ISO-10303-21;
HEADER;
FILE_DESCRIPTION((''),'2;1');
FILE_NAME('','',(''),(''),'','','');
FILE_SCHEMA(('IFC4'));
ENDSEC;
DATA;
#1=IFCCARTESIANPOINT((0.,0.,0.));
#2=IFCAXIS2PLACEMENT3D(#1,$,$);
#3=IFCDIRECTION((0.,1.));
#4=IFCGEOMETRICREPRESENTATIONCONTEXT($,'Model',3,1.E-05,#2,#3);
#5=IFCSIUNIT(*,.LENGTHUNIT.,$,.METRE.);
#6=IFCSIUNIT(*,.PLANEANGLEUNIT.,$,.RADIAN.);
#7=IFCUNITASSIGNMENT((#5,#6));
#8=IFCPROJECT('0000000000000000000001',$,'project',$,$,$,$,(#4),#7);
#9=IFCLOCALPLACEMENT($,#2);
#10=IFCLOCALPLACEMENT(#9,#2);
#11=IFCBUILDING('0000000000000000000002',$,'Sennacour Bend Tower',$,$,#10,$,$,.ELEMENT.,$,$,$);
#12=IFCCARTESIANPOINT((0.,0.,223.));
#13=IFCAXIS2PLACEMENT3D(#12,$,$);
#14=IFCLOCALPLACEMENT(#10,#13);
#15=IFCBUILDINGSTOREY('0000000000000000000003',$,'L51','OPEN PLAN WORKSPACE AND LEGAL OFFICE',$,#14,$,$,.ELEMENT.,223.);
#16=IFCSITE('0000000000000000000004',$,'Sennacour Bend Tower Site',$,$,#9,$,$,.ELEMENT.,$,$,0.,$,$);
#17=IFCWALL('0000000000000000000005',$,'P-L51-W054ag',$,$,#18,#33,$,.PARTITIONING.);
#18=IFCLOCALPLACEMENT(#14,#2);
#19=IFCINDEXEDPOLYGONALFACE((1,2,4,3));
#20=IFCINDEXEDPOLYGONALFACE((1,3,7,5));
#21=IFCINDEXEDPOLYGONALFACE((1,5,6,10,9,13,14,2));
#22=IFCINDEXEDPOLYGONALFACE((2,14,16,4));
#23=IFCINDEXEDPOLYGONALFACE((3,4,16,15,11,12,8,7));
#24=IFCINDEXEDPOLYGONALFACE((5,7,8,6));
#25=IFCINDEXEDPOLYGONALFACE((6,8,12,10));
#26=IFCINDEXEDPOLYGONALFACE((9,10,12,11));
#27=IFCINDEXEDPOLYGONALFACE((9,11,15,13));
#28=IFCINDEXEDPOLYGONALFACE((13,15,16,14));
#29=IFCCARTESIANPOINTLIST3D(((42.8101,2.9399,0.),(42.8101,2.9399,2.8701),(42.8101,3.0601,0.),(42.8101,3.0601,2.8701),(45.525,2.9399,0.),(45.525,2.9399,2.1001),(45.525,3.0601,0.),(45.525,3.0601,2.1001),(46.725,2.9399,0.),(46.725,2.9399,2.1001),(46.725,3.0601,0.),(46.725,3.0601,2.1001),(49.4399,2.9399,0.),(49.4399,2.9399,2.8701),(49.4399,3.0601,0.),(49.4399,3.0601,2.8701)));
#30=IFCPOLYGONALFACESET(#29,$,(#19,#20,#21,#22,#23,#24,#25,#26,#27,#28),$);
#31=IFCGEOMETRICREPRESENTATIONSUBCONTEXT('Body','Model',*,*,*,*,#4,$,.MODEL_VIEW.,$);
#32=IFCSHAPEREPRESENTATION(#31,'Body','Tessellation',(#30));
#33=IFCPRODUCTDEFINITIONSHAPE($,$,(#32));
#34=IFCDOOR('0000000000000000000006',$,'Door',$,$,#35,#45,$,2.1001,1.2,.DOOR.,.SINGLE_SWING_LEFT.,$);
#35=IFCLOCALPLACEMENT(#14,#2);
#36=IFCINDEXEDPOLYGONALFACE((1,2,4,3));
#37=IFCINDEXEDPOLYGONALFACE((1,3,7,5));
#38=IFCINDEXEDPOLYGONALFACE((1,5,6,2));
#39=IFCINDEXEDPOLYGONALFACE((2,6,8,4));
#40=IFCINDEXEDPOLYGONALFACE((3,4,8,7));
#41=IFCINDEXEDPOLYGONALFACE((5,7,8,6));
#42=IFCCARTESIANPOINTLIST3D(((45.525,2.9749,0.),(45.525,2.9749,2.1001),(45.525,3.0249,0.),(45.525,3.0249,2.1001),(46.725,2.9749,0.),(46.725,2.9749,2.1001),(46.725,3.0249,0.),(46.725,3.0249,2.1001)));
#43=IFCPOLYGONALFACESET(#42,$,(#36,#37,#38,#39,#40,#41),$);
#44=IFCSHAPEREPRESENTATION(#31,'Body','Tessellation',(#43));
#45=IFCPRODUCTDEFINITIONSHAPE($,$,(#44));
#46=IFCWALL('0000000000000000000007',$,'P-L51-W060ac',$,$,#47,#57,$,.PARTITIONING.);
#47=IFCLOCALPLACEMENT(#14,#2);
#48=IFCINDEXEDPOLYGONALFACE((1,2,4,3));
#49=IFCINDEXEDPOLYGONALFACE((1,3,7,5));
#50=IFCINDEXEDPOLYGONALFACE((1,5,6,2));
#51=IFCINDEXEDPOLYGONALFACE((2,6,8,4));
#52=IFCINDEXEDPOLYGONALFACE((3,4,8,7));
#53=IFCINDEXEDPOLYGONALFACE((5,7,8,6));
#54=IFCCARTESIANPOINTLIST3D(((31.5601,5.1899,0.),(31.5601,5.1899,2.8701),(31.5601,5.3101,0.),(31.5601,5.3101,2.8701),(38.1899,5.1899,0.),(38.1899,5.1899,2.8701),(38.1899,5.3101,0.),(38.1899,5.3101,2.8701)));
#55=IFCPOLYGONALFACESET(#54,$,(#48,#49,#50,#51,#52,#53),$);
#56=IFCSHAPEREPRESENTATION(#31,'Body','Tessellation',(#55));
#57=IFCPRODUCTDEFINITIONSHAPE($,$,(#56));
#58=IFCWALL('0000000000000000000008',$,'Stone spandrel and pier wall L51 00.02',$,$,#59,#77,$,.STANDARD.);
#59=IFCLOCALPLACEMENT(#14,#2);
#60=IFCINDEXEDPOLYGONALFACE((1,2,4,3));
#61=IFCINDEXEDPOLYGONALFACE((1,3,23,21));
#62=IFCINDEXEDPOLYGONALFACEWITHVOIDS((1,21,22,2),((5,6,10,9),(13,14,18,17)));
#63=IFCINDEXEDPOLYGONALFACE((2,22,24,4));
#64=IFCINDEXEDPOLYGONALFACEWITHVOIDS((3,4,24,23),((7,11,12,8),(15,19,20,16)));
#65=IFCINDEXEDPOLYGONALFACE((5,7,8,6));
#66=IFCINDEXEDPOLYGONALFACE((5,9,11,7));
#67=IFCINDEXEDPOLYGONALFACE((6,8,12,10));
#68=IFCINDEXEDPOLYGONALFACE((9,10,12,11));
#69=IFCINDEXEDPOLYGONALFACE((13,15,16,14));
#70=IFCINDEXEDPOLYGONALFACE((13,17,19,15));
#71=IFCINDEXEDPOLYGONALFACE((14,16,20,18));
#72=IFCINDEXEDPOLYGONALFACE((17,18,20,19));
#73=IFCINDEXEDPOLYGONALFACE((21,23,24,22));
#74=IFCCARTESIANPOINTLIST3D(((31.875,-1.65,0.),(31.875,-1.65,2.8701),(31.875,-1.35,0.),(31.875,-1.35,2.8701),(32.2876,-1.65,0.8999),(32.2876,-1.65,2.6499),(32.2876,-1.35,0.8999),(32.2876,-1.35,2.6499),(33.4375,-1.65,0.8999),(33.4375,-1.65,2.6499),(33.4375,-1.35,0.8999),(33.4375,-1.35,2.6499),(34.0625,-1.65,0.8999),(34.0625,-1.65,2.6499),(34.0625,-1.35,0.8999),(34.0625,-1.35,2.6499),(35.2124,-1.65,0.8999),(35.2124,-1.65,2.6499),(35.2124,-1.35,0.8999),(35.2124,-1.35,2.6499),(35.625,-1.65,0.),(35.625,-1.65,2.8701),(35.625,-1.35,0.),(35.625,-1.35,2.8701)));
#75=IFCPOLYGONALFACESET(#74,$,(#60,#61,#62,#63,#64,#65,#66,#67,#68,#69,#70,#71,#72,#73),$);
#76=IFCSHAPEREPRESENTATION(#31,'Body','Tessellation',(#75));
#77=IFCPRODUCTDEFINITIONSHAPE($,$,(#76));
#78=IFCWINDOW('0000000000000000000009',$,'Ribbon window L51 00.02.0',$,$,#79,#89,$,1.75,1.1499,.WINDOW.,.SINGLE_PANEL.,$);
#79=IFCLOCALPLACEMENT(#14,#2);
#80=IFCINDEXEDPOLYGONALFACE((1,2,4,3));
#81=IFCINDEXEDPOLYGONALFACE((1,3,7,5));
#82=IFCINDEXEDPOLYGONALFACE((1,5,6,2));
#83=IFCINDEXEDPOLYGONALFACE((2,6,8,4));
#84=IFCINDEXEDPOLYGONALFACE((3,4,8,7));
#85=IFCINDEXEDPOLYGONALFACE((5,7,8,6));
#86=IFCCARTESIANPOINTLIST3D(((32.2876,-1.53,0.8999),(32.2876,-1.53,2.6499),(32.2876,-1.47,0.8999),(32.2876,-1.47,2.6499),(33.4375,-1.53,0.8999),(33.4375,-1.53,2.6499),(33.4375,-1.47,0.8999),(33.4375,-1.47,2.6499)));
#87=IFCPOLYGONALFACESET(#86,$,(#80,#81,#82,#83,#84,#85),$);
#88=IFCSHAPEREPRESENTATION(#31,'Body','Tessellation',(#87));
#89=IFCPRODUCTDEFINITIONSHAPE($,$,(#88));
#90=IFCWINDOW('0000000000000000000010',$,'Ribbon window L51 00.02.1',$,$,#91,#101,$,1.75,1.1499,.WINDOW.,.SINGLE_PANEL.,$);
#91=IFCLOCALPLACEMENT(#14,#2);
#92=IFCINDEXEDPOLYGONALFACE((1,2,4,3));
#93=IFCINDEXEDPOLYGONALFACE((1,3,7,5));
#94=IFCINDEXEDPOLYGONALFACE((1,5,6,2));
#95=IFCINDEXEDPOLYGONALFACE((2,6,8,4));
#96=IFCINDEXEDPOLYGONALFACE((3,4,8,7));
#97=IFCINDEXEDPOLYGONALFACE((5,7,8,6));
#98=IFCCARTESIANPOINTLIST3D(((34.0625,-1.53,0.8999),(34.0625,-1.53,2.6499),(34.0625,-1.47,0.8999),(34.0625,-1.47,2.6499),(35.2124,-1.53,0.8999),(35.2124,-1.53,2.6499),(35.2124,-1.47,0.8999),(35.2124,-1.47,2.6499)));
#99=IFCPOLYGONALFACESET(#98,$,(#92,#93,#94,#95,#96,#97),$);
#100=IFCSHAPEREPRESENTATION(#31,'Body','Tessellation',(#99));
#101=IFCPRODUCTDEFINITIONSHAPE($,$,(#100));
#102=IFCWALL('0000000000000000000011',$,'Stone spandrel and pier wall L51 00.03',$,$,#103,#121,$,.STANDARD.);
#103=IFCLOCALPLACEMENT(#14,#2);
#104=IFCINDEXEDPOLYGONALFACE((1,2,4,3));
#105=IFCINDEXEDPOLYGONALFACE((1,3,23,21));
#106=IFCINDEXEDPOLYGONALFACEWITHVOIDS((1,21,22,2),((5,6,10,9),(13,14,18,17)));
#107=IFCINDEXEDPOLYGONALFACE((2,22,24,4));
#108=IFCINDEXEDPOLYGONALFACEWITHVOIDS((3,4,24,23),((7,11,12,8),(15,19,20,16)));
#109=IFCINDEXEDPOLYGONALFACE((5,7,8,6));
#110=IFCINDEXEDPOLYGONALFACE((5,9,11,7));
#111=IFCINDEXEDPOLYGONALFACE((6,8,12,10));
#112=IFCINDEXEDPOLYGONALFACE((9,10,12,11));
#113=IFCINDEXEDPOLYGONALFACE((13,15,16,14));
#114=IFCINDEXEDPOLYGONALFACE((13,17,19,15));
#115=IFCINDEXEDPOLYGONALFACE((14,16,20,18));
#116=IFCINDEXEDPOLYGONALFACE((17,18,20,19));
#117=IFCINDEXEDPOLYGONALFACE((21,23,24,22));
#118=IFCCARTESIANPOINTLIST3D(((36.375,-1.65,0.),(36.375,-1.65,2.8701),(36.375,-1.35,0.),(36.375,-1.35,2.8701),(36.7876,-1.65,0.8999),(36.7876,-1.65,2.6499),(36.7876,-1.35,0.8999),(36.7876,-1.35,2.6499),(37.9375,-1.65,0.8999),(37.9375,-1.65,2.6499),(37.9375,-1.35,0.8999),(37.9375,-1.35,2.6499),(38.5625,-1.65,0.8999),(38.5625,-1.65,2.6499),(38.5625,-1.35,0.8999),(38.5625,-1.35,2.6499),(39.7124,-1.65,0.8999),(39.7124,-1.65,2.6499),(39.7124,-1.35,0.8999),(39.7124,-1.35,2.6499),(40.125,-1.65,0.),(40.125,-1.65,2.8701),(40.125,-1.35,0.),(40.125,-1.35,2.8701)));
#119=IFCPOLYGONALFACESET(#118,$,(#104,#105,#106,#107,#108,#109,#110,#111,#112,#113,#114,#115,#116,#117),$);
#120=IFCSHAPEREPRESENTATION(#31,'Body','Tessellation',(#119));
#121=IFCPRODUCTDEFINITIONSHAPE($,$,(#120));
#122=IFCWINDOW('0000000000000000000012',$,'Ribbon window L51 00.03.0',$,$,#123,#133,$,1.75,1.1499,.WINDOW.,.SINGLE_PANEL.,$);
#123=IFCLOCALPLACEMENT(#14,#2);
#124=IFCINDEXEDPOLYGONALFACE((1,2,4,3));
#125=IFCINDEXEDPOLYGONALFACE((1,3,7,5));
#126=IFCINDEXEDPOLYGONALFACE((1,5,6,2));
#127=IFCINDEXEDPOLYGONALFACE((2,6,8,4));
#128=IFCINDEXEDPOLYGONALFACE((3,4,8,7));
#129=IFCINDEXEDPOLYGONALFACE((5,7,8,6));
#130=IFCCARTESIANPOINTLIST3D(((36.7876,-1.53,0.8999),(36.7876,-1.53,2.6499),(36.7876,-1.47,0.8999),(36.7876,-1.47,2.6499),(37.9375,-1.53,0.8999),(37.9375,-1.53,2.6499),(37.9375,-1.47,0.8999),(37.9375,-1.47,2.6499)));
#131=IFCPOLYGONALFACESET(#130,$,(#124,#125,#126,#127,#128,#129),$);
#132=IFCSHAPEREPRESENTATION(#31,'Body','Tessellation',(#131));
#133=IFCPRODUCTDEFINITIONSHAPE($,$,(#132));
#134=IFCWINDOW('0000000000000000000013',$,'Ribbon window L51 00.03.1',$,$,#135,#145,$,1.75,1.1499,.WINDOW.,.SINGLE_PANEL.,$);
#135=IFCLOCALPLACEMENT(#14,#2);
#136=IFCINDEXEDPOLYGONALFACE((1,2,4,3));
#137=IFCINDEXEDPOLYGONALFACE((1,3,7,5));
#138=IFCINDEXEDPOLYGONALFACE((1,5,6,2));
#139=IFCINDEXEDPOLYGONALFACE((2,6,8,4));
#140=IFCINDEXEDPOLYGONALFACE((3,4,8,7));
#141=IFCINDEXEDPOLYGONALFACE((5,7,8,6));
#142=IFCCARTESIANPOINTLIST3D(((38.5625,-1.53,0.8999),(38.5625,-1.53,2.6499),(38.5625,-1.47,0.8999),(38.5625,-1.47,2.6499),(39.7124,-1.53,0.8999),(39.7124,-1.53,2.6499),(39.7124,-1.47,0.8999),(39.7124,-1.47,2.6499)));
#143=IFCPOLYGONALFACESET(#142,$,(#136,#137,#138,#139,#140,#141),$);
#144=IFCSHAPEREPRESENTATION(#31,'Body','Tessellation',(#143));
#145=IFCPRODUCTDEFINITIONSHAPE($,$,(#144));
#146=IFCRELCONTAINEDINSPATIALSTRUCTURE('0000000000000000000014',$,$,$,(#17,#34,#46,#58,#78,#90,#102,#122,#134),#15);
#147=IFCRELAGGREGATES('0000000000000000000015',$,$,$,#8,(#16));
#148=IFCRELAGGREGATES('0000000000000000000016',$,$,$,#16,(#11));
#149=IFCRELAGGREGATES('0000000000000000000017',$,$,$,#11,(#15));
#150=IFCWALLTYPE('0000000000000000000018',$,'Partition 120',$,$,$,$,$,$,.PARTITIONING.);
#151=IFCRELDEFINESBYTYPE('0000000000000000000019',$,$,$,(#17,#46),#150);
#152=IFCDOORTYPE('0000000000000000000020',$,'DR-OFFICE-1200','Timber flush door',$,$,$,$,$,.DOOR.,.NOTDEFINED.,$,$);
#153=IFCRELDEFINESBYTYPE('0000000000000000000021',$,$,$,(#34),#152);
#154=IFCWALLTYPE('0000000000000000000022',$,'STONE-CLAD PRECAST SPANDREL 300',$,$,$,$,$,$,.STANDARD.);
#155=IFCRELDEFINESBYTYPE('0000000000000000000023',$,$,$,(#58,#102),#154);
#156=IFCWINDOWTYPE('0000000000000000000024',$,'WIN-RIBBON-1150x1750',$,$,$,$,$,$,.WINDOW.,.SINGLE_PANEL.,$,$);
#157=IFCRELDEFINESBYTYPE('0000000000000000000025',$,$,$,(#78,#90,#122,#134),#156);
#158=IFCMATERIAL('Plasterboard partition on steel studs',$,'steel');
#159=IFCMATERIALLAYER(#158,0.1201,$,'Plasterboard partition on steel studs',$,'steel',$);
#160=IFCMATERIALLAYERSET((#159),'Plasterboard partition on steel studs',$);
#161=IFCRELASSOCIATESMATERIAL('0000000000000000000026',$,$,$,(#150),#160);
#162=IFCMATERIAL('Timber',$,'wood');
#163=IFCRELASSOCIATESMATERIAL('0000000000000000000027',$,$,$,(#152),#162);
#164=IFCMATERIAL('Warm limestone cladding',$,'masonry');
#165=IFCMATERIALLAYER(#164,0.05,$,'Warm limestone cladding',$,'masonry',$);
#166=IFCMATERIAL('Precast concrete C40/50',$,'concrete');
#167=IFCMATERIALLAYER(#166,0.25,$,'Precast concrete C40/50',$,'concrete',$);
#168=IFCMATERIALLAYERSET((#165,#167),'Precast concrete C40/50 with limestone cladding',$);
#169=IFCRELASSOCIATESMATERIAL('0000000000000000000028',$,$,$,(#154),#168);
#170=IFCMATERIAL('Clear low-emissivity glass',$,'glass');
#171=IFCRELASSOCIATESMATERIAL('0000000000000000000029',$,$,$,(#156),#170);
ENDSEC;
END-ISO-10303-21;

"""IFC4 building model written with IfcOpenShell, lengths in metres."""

from ifc_helpers import new_model, si_unit, direction, frame, frame_2d, origin, place, context, subcontext, project, spatial, rectangle, extrude, material, layer, layer_set, type_object, element, fill, save


model = new_model("IFC4")

# Units and contexts
model_context = context("Model", 3, precision=1e-05, world=origin(), true_north=direction((0.0, 1.0)))
body_context = subcontext(model_context, "Body", "Model", "MODEL_VIEW")
ifc_project = project(units=[si_unit("LENGTHUNIT", "METRE"), si_unit("PLANEANGLEUNIT", "RADIAN")], contexts=[model_context])

# Site, building, storey
site_placement = place(None, origin())
site = spatial("IfcSite", under=ifc_project, at=site_placement, Name="Sennacour Bend Tower Site", CompositionType="ELEMENT", RefElevation=0.0)
building_placement = place(site_placement, origin())
building = spatial("IfcBuilding", under=site, at=building_placement, Name="Sennacour Bend Tower", CompositionType="ELEMENT")
storey_placement = place(building_placement, frame((0.0, 0.0, 223.0)))
storey = spatial("IfcBuildingStorey", under=building, at=storey_placement, Name="L51", Description="OPEN PLAN WORKSPACE AND LEGAL OFFICE", CompositionType="ELEMENT", Elevation=223.0)

# Shared definitions
ifc_material_1 = material(Name="Plasterboard partition on steel studs", Category="steel")
ifc_layer_1 = layer(ifc_material_1, 0.1201, Name="Plasterboard partition on steel studs", Category="steel")
ifc_layer_set_1 = layer_set([ifc_layer_1], Name="Plasterboard partition on steel studs")
wall_type_1 = type_object("IfcWallType", Name="Partition 120", PredefinedType="PARTITIONING", material=ifc_layer_set_1)

# Wall, opening, door
ifc_material_2 = material(Name="Timber", Category="wood")
wall_1_placement = place(storey_placement, frame((42.8101, 3.0, 0.0), z_axis=(0.0, 0.0, 1.0), x_axis=(1.0, 0.0, 0.0)))
wall_1 = element("IfcWall", 1, at=wall_1_placement, inside=storey, type_object=wall_type_1, Name="P-L51-W054ag", PredefinedType="PARTITIONING", context=body_context, shape_type="SweptSolid", body=[
    extrude(rectangle(XDim=6.6299, YDim=0.1201, at=frame_2d((3.3149, 0.0))), origin(), (0.0, 0.0, 1.0), 2.8701),
])
opening_1_placement = place(wall_1_placement, frame((2.7148, 0.0, 0.0)))
opening_1 = element("IfcOpeningElement", 2, at=opening_1_placement, cuts=wall_1, PredefinedType="OPENING", context=body_context, shape_type="SweptSolid", body=[
    extrude(rectangle(XDim=1.2, YDim=2.1001, at=frame_2d((0.6001, 1.05))), frame((0.0, 0.0701, 0.0), z_axis=(0.0, -1.0, 0.0), x_axis=(1.0, 0.0, 0.0)), (0.0, 0.0, 1.0), 0.1401),
])
door_type_1 = type_object("IfcDoorType", Name="DR-OFFICE-1200", Description="Timber flush door", OperationType="NOTDEFINED", PredefinedType="DOOR", material=ifc_material_2)
door_1_placement = place(opening_1_placement, origin())
door_1 = element("IfcDoor", 3, at=door_1_placement, inside=storey, type_object=door_type_1, Name="Door", OperationType="SINGLE_SWING_LEFT", OverallHeight=2.1001, OverallWidth=1.2, PredefinedType="DOOR", context=body_context, shape_type="SweptSolid", body=[
    extrude(rectangle(XDim=1.2, YDim=2.1001, at=frame_2d((0.6001, 1.05))), frame((0.0, 0.0249, 0.0), z_axis=(0.0, -1.0, 0.0), x_axis=(1.0, 0.0, 0.0)), (0.0, 0.0, 1.0), 0.05),
])
fill(opening_1, door_1)

# Wall
wall_2_placement = place(storey_placement, frame((31.5601, 5.25, 0.0), z_axis=(0.0, 0.0, 1.0), x_axis=(1.0, 0.0, 0.0)))
element("IfcWall", 4, at=wall_2_placement, inside=storey, type_object=wall_type_1, Name="P-L51-W060ac", PredefinedType="PARTITIONING", context=body_context, shape_type="SweptSolid", body=[
    extrude(rectangle(XDim=6.6299, YDim=0.1201, at=frame_2d((3.3149, 0.0))), origin(), (0.0, 0.0, 1.0), 2.8701),
])

# Walls, openings, windows
ifc_material_3 = material(Name="Warm limestone cladding", Category="masonry")
ifc_layer_2 = layer(ifc_material_3, 0.05, Name="Warm limestone cladding", Category="masonry")
ifc_material_4 = material(Name="Precast concrete C40/50", Category="concrete")
ifc_layer_3 = layer(ifc_material_4, 0.25, Name="Precast concrete C40/50", Category="concrete")
ifc_layer_set_2 = layer_set([ifc_layer_2, ifc_layer_3], Name="Precast concrete C40/50 with limestone cladding")
wall_type_2 = type_object("IfcWallType", Name="STONE-CLAD PRECAST SPANDREL 300", PredefinedType="STANDARD", material=ifc_layer_set_2)
wall_3_placement = place(storey_placement, frame((31.875, -1.5, 0.0), z_axis=(0.0, 0.0, 1.0), x_axis=(1.0, 0.0, 0.0)))
wall_3 = element("IfcWall", 5, at=wall_3_placement, inside=storey, type_object=wall_type_2, Name="Stone spandrel and pier wall L51 00.02", PredefinedType="STANDARD", context=body_context, shape_type="SweptSolid", body=[
    extrude(rectangle(XDim=3.75, YDim=0.3, at=frame_2d((1.875, 0.0))), origin(), (0.0, 0.0, 1.0), 2.8701),
])
opening_2_placement = place(wall_3_placement, frame((0.4126, 0.0, 0.8999)))
opening_2 = element("IfcOpeningElement", 6, at=opening_2_placement, cuts=wall_3, PredefinedType="OPENING", context=body_context, shape_type="SweptSolid", body=[
    extrude(rectangle(XDim=1.1499, YDim=1.75, at=frame_2d((0.575, 0.875))), frame((0.0, 0.1602, 0.0), z_axis=(0.0, -1.0, 0.0), x_axis=(1.0, 0.0, 0.0)), (0.0, 0.0, 1.0), 0.3201),
])
opening_3_placement = place(wall_3_placement, frame((2.1875, 0.0, 0.8999)))
opening_3 = element("IfcOpeningElement", 7, at=opening_3_placement, cuts=wall_3, PredefinedType="OPENING", context=body_context, shape_type="SweptSolid", body=[
    extrude(rectangle(XDim=1.1499, YDim=1.75, at=frame_2d((0.575, 0.875))), frame((0.0, 0.1602, 0.0), z_axis=(0.0, -1.0, 0.0), x_axis=(1.0, 0.0, 0.0)), (0.0, 0.0, 1.0), 0.3201),
])
ifc_material_5 = material(Name="Clear low-emissivity glass", Category="glass")
window_type = type_object("IfcWindowType", Name="WIN-RIBBON-1150x1750", PartitioningType="SINGLE_PANEL", PredefinedType="WINDOW", material=ifc_material_5)
window_1_placement = place(opening_2_placement, origin())
window_1 = element("IfcWindow", 8, at=window_1_placement, inside=storey, type_object=window_type, Name="Ribbon window L51 00.02.0", OverallHeight=1.75, OverallWidth=1.1499, PartitioningType="SINGLE_PANEL", PredefinedType="WINDOW", context=body_context, shape_type="SweptSolid", body=[
    extrude(rectangle(XDim=1.1499, YDim=1.75, at=frame_2d((0.575, 0.875))), frame((0.0, 0.03, 0.0), z_axis=(0.0, -1.0, 0.0), x_axis=(1.0, 0.0, 0.0)), (0.0, 0.0, 1.0), 0.0601),
])
fill(opening_2, window_1)
window_2_placement = place(opening_3_placement, origin())
window_2 = element("IfcWindow", 9, at=window_2_placement, inside=storey, type_object=window_type, Name="Ribbon window L51 00.02.1", OverallHeight=1.75, OverallWidth=1.1499, PartitioningType="SINGLE_PANEL", PredefinedType="WINDOW", context=body_context, shape_type="SweptSolid", body=[
    extrude(rectangle(XDim=1.1499, YDim=1.75, at=frame_2d((0.575, 0.875))), frame((0.0, 0.03, 0.0), z_axis=(0.0, -1.0, 0.0), x_axis=(1.0, 0.0, 0.0)), (0.0, 0.0, 1.0), 0.0601),
])
fill(opening_3, window_2)
wall_4_placement = place(storey_placement, frame((36.375, -1.5, 0.0), z_axis=(0.0, 0.0, 1.0), x_axis=(1.0, 0.0, 0.0)))
wall_4 = element("IfcWall", 10, at=wall_4_placement, inside=storey, type_object=wall_type_2, Name="Stone spandrel and pier wall L51 00.03", PredefinedType="STANDARD", context=body_context, shape_type="SweptSolid", body=[
    extrude(rectangle(XDim=3.75, YDim=0.3, at=frame_2d((1.875, 0.0))), origin(), (0.0, 0.0, 1.0), 2.8701),
])
opening_4_placement = place(wall_4_placement, frame((0.4126, 0.0, 0.8999)))
opening_4 = element("IfcOpeningElement", 11, at=opening_4_placement, cuts=wall_4, PredefinedType="OPENING", context=body_context, shape_type="SweptSolid", body=[
    extrude(rectangle(XDim=1.1499, YDim=1.75, at=frame_2d((0.575, 0.875))), frame((0.0, 0.1602, 0.0), z_axis=(0.0, -1.0, 0.0), x_axis=(1.0, 0.0, 0.0)), (0.0, 0.0, 1.0), 0.3201),
])
opening_5_placement = place(wall_4_placement, frame((2.1875, 0.0, 0.8999)))
opening_5 = element("IfcOpeningElement", 12, at=opening_5_placement, cuts=wall_4, PredefinedType="OPENING", context=body_context, shape_type="SweptSolid", body=[
    extrude(rectangle(XDim=1.1499, YDim=1.75, at=frame_2d((0.575, 0.875))), frame((0.0, 0.1602, 0.0), z_axis=(0.0, -1.0, 0.0), x_axis=(1.0, 0.0, 0.0)), (0.0, 0.0, 1.0), 0.3201),
])
window_3_placement = place(opening_4_placement, origin())
window_3 = element("IfcWindow", 13, at=window_3_placement, inside=storey, type_object=window_type, Name="Ribbon window L51 00.03.0", OverallHeight=1.75, OverallWidth=1.1499, PartitioningType="SINGLE_PANEL", PredefinedType="WINDOW", context=body_context, shape_type="SweptSolid", body=[
    extrude(rectangle(XDim=1.1499, YDim=1.75, at=frame_2d((0.575, 0.875))), frame((0.0, 0.03, 0.0), z_axis=(0.0, -1.0, 0.0), x_axis=(1.0, 0.0, 0.0)), (0.0, 0.0, 1.0), 0.0601),
])
fill(opening_4, window_3)
window_4_placement = place(opening_5_placement, origin())
window_4 = element("IfcWindow", 14, at=window_4_placement, inside=storey, type_object=window_type, Name="Ribbon window L51 00.03.1", OverallHeight=1.75, OverallWidth=1.1499, PartitioningType="SINGLE_PANEL", PredefinedType="WINDOW", context=body_context, shape_type="SweptSolid", body=[
    extrude(rectangle(XDim=1.1499, YDim=1.75, at=frame_2d((0.575, 0.875))), frame((0.0, 0.03, 0.0), z_axis=(0.0, -1.0, 0.0), x_axis=(1.0, 0.0, 0.0)), (0.0, 0.0, 1.0), 0.0601),
])
fill(opening_5, window_4)

save(model, "model.ifc")
